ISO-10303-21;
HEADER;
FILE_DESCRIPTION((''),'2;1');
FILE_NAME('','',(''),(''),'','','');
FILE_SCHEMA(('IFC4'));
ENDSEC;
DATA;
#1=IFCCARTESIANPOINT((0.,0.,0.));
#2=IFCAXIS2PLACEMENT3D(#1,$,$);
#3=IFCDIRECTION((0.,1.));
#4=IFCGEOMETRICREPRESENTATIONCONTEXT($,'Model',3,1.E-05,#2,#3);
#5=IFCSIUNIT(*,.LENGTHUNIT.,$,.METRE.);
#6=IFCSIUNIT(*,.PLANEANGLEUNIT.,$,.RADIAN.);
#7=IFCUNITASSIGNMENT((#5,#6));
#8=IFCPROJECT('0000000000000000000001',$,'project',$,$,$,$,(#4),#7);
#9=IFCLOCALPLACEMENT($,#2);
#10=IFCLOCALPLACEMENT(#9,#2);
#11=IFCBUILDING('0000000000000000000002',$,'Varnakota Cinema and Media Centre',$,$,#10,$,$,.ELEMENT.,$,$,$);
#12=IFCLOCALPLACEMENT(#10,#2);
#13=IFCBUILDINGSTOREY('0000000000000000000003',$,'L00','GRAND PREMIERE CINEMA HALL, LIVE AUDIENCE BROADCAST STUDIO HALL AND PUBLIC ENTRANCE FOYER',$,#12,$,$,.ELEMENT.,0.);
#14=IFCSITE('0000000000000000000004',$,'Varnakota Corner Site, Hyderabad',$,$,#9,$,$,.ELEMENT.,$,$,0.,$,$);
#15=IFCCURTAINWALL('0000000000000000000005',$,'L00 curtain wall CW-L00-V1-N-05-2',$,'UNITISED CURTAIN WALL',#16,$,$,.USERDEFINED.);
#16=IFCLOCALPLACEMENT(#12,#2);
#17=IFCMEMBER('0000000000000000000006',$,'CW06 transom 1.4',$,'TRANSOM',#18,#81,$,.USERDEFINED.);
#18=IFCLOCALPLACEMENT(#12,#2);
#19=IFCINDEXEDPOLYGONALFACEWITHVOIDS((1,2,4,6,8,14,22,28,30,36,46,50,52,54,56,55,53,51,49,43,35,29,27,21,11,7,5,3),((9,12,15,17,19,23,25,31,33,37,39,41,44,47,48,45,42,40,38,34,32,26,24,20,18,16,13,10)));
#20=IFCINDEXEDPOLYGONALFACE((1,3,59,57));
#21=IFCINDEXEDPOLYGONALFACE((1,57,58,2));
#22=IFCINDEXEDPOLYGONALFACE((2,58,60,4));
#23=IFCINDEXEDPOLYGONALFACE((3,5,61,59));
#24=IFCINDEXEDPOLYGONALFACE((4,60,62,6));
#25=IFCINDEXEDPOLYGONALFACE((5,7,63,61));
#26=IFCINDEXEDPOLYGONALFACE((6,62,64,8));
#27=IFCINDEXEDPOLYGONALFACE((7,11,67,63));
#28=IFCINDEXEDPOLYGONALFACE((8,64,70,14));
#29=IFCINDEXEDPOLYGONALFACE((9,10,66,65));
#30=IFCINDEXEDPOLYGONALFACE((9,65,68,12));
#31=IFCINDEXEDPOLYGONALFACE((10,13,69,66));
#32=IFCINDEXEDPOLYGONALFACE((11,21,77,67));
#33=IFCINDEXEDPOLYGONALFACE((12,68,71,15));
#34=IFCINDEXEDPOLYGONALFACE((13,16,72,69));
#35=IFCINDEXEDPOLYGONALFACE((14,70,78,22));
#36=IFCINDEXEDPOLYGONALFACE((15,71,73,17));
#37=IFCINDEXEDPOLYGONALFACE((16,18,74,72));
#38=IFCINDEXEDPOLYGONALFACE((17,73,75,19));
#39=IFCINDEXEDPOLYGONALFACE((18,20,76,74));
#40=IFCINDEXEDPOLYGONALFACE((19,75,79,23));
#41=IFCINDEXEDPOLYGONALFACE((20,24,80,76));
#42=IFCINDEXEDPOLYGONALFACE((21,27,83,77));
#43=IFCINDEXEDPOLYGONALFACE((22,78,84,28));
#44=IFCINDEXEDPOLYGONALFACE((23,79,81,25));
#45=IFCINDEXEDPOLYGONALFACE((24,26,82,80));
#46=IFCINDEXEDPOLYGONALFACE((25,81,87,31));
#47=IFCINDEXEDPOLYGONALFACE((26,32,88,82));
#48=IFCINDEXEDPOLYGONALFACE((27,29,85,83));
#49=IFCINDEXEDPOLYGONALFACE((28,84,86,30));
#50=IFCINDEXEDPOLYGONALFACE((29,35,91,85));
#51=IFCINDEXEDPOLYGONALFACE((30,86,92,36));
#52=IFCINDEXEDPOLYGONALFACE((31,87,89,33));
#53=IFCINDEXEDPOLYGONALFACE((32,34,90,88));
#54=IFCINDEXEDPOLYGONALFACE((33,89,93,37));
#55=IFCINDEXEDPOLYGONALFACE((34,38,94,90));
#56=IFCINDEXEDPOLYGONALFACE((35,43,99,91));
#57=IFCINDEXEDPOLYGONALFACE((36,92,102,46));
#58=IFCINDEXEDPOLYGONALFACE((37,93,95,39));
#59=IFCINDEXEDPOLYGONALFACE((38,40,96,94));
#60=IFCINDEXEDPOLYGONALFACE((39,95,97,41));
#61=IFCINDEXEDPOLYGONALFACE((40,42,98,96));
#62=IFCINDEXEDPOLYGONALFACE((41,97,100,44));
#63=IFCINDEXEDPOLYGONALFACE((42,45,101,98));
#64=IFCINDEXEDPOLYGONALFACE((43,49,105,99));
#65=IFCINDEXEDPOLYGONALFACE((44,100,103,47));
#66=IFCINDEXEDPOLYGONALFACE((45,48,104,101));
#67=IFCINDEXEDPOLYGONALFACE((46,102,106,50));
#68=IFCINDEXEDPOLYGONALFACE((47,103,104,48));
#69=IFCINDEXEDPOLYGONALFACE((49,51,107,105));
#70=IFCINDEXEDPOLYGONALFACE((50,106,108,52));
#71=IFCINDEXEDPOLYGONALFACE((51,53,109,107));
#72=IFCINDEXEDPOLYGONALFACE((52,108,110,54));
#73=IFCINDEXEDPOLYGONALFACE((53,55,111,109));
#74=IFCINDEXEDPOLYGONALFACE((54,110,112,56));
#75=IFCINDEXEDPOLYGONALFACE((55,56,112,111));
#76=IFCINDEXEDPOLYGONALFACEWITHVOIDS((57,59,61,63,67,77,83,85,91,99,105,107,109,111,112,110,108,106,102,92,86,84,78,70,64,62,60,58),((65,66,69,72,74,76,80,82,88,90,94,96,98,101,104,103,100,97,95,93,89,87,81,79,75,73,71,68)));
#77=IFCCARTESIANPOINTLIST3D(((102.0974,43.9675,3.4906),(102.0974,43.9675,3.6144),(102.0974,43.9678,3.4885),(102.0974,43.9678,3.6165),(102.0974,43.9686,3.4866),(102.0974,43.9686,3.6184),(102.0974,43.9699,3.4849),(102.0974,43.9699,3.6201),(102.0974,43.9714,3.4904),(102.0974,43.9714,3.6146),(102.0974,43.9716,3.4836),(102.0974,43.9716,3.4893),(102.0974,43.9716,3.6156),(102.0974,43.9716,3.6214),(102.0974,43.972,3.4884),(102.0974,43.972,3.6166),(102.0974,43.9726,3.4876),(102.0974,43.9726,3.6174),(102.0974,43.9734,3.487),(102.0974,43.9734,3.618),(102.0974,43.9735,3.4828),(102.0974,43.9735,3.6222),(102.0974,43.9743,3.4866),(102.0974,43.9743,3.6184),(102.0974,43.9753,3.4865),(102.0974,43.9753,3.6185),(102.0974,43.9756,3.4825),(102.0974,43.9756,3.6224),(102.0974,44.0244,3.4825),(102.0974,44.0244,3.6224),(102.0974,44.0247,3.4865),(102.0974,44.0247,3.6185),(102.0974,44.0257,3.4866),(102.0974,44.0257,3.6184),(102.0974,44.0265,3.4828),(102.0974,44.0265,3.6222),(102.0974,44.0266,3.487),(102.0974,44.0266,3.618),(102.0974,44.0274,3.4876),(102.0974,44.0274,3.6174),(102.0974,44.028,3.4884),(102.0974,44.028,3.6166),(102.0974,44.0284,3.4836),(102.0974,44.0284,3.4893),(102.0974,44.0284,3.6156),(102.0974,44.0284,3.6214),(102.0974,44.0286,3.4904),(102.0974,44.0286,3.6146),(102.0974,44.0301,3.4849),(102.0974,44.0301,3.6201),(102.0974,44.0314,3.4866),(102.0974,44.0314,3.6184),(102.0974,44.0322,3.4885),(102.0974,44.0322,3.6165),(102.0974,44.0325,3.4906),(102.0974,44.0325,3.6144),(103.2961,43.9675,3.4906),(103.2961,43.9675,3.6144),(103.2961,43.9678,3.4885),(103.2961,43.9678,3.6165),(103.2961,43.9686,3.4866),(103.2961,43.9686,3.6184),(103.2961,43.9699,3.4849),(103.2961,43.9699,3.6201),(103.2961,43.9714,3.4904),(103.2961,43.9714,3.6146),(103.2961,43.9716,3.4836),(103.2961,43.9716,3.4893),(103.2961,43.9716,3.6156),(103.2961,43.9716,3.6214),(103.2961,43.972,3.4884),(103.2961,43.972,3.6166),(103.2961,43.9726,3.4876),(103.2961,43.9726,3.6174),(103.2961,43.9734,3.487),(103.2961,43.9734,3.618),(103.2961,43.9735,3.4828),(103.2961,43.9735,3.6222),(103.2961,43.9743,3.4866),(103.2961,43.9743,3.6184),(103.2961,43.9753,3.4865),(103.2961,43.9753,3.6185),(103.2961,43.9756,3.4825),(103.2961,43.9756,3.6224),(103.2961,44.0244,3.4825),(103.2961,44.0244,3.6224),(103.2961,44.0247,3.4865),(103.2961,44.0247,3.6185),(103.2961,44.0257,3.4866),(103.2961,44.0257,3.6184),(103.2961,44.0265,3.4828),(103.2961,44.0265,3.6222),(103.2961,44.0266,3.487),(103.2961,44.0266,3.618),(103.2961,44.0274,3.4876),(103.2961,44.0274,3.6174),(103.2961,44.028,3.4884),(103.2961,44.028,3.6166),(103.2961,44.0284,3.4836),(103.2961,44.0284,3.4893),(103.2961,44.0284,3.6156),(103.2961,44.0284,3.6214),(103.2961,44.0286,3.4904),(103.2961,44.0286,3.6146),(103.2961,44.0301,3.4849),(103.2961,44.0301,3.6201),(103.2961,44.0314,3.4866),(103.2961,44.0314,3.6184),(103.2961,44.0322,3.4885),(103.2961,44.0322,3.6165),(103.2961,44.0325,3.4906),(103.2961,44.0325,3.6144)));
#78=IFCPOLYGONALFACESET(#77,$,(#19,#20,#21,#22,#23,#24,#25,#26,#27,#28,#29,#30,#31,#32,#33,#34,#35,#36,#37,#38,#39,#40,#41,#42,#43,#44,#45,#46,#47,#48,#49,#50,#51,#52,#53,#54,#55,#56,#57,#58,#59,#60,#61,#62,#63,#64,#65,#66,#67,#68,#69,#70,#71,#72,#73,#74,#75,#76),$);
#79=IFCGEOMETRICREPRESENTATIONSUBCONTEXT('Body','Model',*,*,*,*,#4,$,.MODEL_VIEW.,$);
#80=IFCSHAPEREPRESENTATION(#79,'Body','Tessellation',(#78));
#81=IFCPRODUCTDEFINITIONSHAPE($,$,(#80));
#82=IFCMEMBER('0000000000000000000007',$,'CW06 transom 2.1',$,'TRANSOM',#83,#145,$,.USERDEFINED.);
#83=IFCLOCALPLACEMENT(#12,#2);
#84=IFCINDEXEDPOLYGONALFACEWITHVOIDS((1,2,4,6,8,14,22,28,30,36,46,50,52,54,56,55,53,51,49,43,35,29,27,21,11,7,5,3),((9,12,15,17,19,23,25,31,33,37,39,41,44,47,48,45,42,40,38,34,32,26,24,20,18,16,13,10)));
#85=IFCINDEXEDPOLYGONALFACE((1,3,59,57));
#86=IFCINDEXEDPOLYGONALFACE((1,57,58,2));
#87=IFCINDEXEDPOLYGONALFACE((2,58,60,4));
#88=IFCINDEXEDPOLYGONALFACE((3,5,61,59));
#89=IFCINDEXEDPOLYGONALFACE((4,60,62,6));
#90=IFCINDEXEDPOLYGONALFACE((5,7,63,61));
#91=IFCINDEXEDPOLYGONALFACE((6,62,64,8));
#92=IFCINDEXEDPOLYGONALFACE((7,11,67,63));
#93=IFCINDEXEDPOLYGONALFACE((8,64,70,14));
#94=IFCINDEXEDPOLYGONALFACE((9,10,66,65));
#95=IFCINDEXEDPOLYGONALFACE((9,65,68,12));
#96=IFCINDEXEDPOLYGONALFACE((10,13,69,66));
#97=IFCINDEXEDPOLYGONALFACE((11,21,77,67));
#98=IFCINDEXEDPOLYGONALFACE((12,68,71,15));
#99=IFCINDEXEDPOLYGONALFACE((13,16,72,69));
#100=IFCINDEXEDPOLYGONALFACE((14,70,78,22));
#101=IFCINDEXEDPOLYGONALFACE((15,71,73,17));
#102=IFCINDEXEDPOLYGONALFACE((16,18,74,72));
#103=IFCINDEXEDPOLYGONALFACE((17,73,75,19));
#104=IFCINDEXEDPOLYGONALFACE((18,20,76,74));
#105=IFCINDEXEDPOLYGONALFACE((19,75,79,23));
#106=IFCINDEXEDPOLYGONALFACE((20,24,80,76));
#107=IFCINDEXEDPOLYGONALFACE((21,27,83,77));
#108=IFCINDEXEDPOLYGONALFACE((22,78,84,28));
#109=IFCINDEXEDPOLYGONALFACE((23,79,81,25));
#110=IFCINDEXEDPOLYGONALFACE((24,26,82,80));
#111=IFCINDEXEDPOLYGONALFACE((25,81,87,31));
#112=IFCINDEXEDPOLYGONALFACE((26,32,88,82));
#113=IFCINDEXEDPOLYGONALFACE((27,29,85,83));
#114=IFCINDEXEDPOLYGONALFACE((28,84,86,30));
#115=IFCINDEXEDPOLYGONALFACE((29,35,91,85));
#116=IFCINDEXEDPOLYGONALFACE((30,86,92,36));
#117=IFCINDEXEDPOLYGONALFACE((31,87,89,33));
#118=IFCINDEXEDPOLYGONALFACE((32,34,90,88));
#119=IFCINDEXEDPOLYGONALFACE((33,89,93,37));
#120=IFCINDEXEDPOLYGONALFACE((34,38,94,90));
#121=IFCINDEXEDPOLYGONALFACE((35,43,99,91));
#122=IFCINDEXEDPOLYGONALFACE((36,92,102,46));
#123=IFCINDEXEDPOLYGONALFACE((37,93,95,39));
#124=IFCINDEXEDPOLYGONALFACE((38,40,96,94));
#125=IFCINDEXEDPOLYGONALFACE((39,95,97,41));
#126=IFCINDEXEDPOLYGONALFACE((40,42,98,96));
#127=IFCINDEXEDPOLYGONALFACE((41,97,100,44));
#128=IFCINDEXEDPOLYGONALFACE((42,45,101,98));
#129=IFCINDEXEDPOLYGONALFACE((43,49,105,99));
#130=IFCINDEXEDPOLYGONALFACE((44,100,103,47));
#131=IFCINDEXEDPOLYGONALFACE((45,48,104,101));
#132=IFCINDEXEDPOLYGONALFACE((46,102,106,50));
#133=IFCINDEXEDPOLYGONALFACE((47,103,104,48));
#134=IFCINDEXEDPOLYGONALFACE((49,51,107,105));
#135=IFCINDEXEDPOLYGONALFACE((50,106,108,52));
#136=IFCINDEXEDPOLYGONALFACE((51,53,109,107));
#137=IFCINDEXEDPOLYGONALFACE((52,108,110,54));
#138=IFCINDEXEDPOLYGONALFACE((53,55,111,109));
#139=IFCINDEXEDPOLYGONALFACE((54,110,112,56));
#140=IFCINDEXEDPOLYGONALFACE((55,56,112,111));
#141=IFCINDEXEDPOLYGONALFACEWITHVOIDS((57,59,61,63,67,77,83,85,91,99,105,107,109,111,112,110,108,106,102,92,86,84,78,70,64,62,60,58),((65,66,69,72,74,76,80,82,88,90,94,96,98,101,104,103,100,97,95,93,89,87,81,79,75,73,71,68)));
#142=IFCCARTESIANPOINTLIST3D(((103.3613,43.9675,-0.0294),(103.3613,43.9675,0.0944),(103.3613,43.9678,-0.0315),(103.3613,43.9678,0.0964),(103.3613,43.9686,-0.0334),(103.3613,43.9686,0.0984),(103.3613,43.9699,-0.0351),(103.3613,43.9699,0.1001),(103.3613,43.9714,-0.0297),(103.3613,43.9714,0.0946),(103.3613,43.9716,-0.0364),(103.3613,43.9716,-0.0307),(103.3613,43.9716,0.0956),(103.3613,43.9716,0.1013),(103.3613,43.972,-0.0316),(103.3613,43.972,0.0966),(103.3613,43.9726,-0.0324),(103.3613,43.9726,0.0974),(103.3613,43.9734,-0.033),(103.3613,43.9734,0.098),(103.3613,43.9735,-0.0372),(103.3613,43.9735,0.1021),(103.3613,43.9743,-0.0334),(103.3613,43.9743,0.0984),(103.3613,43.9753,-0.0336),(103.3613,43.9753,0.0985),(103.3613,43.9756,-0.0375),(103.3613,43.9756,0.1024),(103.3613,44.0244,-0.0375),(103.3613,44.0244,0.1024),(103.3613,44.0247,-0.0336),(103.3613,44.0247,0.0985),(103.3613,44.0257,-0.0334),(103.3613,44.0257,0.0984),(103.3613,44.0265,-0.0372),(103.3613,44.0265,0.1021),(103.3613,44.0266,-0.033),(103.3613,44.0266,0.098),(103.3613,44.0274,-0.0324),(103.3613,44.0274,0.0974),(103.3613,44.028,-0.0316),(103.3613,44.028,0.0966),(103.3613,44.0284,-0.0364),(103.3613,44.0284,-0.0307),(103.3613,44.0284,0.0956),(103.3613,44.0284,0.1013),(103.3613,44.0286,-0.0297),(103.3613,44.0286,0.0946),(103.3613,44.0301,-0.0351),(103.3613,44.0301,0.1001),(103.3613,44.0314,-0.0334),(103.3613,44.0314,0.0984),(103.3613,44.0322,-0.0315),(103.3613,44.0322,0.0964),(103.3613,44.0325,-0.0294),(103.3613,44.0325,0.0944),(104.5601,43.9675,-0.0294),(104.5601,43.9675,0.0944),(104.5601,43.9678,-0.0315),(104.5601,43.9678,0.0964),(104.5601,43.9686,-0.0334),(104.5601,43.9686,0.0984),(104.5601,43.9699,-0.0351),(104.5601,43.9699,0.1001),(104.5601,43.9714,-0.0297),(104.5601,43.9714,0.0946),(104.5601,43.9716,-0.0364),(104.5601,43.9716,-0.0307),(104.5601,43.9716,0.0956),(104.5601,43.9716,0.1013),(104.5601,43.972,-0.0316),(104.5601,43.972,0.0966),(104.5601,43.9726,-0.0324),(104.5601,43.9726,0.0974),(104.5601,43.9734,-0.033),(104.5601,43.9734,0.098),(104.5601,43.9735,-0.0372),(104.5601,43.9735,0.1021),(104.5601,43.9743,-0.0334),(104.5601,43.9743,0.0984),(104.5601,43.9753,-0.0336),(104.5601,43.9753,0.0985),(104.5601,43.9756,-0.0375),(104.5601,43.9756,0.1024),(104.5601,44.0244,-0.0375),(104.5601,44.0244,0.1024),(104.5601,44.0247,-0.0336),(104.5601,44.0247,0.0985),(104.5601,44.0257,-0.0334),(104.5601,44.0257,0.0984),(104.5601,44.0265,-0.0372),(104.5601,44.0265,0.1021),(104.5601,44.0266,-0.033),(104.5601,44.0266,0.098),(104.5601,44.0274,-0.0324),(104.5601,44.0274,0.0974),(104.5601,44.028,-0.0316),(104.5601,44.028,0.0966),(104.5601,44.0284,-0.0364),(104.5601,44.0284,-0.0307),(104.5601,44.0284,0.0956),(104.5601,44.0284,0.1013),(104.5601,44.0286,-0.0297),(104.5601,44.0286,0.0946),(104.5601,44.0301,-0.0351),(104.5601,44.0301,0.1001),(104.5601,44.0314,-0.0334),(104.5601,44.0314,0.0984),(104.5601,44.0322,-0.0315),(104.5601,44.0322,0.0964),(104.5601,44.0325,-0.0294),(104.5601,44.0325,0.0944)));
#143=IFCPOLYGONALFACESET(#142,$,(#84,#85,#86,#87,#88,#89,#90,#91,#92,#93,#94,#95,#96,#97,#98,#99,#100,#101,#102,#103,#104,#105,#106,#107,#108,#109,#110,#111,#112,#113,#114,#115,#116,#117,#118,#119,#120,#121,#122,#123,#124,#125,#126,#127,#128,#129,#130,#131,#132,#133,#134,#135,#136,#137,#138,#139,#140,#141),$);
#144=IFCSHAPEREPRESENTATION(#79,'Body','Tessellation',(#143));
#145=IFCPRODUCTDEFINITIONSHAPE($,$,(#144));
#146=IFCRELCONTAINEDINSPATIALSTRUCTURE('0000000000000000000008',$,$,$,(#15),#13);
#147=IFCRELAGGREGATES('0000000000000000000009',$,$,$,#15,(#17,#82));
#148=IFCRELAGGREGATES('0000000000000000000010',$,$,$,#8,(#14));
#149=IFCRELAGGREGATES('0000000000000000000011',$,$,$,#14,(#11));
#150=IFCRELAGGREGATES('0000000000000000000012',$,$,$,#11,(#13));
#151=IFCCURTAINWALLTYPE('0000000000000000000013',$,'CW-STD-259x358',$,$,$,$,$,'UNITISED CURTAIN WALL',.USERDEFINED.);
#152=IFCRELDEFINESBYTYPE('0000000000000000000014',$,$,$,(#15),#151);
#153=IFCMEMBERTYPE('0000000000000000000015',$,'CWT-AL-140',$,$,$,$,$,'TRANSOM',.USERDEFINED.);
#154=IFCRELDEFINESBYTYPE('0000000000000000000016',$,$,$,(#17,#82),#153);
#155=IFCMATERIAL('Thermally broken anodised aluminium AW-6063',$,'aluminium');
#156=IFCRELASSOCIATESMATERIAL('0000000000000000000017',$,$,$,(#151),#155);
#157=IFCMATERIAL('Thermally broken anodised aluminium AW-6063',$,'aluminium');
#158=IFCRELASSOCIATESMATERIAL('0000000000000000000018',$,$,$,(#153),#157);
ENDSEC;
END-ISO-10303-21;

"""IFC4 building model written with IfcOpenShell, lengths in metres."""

from ifc_helpers import new_model, si_unit, direction, frame, origin, origin_2d, place, context, subcontext, project, spatial, hollow_rectangle, extrude, material, material_profile, profile_set, type_object, element, aggregate, save


model = new_model("IFC4")

# Units and contexts
model_context = context("Model", 3, precision=1e-05, world=origin(), true_north=direction((0.0, 1.0)))
body_context = subcontext(model_context, "Body", "Model", "MODEL_VIEW")
ifc_project = project(units=[si_unit("LENGTHUNIT", "METRE"), si_unit("PLANEANGLEUNIT", "RADIAN")], contexts=[model_context])

# Site, building, storey
site_placement = place(None, origin())
site = spatial("IfcSite", under=ifc_project, at=site_placement, Name="Varnakota Corner Site, Hyderabad", CompositionType="ELEMENT", RefElevation=0.0)
building_placement = place(site_placement, origin())
building = spatial("IfcBuilding", under=site, at=building_placement, Name="Varnakota Cinema and Media Centre", CompositionType="ELEMENT")
storey_placement = place(building_placement, origin())
storey = spatial("IfcBuildingStorey", under=building, at=storey_placement, Name="L00", Description="GRAND PREMIERE CINEMA HALL, LIVE AUDIENCE BROADCAST STUDIO HALL AND PUBLIC ENTRANCE FOYER", CompositionType="ELEMENT", Elevation=0.0)

# Curtain wall
ifc_material_1 = material(Name="Thermally broken anodised aluminium AW-6063", Category="aluminium")
curtain_wall_type = type_object("IfcCurtainWallType", Name="CW-STD-259x358", ElementType="UNITISED CURTAIN WALL", PredefinedType="USERDEFINED", material=ifc_material_1)
curtain_wall_1_placement = place(storey_placement, origin())
curtain_wall_1 = element("IfcCurtainWall", 1, at=curtain_wall_1_placement, inside=storey, type_object=curtain_wall_type, Name="L00 curtain wall CW-L00-V1-N-05-2", ObjectType="UNITISED CURTAIN WALL", PredefinedType="USERDEFINED")

# Members
ifc_material_2 = material(Name="Thermally broken anodised aluminium AW-6063", Category="aluminium")
ifc_material_profile_1 = material_profile(ifc_material_2, hollow_rectangle(XDim=0.0649, YDim=0.1399, WallThickness=0.0039, InnerFilletRadius=0.0039, OuterFilletRadius=0.0081, at=origin_2d()), Name="AL-TRANSOM 140x65x4")
ifc_profile_set_1 = profile_set([ifc_material_profile_1], Name="Thermally broken anodised aluminium AW-6063")
member_type_1 = type_object("IfcMemberType", Name="CWT-AL-140", ElementType="TRANSOM", PredefinedType="USERDEFINED", material=ifc_profile_set_1)
member_1_placement = place(storey_placement, frame((102.0974, 44.0, 3.5525), z_axis=(1.0, 0.0, 0.0), x_axis=(0.0, 1.0, 0.0)))
member_1 = element("IfcMember", 2, at=member_1_placement, type_object=member_type_1, Name="CW06 transom 1.4", ObjectType="TRANSOM", PredefinedType="USERDEFINED", context=body_context, shape_type="SweptSolid", body=[
    extrude(hollow_rectangle(XDim=0.0649, YDim=0.1399, WallThickness=0.0039, InnerFilletRadius=0.0039, OuterFilletRadius=0.0081, at=origin_2d()), origin(), (0.0, 0.0, 1.0), 1.1987),
])
member_2_placement = place(storey_placement, frame((103.3613, 44.0, 0.0325), z_axis=(1.0, 0.0, 0.0), x_axis=(0.0, 1.0, 0.0)))
member_2 = element("IfcMember", 3, at=member_2_placement, type_object=member_type_1, Name="CW06 transom 2.1", ObjectType="TRANSOM", PredefinedType="USERDEFINED", context=body_context, shape_type="SweptSolid", body=[
    extrude(hollow_rectangle(XDim=0.0649, YDim=0.1399, WallThickness=0.0039, InnerFilletRadius=0.0039, OuterFilletRadius=0.0081, at=origin_2d()), origin(), (0.0, 0.0, 1.0), 1.1987),
])

aggregate(curtain_wall_1, [member_1, member_2])

save(model, "model.ifc")
